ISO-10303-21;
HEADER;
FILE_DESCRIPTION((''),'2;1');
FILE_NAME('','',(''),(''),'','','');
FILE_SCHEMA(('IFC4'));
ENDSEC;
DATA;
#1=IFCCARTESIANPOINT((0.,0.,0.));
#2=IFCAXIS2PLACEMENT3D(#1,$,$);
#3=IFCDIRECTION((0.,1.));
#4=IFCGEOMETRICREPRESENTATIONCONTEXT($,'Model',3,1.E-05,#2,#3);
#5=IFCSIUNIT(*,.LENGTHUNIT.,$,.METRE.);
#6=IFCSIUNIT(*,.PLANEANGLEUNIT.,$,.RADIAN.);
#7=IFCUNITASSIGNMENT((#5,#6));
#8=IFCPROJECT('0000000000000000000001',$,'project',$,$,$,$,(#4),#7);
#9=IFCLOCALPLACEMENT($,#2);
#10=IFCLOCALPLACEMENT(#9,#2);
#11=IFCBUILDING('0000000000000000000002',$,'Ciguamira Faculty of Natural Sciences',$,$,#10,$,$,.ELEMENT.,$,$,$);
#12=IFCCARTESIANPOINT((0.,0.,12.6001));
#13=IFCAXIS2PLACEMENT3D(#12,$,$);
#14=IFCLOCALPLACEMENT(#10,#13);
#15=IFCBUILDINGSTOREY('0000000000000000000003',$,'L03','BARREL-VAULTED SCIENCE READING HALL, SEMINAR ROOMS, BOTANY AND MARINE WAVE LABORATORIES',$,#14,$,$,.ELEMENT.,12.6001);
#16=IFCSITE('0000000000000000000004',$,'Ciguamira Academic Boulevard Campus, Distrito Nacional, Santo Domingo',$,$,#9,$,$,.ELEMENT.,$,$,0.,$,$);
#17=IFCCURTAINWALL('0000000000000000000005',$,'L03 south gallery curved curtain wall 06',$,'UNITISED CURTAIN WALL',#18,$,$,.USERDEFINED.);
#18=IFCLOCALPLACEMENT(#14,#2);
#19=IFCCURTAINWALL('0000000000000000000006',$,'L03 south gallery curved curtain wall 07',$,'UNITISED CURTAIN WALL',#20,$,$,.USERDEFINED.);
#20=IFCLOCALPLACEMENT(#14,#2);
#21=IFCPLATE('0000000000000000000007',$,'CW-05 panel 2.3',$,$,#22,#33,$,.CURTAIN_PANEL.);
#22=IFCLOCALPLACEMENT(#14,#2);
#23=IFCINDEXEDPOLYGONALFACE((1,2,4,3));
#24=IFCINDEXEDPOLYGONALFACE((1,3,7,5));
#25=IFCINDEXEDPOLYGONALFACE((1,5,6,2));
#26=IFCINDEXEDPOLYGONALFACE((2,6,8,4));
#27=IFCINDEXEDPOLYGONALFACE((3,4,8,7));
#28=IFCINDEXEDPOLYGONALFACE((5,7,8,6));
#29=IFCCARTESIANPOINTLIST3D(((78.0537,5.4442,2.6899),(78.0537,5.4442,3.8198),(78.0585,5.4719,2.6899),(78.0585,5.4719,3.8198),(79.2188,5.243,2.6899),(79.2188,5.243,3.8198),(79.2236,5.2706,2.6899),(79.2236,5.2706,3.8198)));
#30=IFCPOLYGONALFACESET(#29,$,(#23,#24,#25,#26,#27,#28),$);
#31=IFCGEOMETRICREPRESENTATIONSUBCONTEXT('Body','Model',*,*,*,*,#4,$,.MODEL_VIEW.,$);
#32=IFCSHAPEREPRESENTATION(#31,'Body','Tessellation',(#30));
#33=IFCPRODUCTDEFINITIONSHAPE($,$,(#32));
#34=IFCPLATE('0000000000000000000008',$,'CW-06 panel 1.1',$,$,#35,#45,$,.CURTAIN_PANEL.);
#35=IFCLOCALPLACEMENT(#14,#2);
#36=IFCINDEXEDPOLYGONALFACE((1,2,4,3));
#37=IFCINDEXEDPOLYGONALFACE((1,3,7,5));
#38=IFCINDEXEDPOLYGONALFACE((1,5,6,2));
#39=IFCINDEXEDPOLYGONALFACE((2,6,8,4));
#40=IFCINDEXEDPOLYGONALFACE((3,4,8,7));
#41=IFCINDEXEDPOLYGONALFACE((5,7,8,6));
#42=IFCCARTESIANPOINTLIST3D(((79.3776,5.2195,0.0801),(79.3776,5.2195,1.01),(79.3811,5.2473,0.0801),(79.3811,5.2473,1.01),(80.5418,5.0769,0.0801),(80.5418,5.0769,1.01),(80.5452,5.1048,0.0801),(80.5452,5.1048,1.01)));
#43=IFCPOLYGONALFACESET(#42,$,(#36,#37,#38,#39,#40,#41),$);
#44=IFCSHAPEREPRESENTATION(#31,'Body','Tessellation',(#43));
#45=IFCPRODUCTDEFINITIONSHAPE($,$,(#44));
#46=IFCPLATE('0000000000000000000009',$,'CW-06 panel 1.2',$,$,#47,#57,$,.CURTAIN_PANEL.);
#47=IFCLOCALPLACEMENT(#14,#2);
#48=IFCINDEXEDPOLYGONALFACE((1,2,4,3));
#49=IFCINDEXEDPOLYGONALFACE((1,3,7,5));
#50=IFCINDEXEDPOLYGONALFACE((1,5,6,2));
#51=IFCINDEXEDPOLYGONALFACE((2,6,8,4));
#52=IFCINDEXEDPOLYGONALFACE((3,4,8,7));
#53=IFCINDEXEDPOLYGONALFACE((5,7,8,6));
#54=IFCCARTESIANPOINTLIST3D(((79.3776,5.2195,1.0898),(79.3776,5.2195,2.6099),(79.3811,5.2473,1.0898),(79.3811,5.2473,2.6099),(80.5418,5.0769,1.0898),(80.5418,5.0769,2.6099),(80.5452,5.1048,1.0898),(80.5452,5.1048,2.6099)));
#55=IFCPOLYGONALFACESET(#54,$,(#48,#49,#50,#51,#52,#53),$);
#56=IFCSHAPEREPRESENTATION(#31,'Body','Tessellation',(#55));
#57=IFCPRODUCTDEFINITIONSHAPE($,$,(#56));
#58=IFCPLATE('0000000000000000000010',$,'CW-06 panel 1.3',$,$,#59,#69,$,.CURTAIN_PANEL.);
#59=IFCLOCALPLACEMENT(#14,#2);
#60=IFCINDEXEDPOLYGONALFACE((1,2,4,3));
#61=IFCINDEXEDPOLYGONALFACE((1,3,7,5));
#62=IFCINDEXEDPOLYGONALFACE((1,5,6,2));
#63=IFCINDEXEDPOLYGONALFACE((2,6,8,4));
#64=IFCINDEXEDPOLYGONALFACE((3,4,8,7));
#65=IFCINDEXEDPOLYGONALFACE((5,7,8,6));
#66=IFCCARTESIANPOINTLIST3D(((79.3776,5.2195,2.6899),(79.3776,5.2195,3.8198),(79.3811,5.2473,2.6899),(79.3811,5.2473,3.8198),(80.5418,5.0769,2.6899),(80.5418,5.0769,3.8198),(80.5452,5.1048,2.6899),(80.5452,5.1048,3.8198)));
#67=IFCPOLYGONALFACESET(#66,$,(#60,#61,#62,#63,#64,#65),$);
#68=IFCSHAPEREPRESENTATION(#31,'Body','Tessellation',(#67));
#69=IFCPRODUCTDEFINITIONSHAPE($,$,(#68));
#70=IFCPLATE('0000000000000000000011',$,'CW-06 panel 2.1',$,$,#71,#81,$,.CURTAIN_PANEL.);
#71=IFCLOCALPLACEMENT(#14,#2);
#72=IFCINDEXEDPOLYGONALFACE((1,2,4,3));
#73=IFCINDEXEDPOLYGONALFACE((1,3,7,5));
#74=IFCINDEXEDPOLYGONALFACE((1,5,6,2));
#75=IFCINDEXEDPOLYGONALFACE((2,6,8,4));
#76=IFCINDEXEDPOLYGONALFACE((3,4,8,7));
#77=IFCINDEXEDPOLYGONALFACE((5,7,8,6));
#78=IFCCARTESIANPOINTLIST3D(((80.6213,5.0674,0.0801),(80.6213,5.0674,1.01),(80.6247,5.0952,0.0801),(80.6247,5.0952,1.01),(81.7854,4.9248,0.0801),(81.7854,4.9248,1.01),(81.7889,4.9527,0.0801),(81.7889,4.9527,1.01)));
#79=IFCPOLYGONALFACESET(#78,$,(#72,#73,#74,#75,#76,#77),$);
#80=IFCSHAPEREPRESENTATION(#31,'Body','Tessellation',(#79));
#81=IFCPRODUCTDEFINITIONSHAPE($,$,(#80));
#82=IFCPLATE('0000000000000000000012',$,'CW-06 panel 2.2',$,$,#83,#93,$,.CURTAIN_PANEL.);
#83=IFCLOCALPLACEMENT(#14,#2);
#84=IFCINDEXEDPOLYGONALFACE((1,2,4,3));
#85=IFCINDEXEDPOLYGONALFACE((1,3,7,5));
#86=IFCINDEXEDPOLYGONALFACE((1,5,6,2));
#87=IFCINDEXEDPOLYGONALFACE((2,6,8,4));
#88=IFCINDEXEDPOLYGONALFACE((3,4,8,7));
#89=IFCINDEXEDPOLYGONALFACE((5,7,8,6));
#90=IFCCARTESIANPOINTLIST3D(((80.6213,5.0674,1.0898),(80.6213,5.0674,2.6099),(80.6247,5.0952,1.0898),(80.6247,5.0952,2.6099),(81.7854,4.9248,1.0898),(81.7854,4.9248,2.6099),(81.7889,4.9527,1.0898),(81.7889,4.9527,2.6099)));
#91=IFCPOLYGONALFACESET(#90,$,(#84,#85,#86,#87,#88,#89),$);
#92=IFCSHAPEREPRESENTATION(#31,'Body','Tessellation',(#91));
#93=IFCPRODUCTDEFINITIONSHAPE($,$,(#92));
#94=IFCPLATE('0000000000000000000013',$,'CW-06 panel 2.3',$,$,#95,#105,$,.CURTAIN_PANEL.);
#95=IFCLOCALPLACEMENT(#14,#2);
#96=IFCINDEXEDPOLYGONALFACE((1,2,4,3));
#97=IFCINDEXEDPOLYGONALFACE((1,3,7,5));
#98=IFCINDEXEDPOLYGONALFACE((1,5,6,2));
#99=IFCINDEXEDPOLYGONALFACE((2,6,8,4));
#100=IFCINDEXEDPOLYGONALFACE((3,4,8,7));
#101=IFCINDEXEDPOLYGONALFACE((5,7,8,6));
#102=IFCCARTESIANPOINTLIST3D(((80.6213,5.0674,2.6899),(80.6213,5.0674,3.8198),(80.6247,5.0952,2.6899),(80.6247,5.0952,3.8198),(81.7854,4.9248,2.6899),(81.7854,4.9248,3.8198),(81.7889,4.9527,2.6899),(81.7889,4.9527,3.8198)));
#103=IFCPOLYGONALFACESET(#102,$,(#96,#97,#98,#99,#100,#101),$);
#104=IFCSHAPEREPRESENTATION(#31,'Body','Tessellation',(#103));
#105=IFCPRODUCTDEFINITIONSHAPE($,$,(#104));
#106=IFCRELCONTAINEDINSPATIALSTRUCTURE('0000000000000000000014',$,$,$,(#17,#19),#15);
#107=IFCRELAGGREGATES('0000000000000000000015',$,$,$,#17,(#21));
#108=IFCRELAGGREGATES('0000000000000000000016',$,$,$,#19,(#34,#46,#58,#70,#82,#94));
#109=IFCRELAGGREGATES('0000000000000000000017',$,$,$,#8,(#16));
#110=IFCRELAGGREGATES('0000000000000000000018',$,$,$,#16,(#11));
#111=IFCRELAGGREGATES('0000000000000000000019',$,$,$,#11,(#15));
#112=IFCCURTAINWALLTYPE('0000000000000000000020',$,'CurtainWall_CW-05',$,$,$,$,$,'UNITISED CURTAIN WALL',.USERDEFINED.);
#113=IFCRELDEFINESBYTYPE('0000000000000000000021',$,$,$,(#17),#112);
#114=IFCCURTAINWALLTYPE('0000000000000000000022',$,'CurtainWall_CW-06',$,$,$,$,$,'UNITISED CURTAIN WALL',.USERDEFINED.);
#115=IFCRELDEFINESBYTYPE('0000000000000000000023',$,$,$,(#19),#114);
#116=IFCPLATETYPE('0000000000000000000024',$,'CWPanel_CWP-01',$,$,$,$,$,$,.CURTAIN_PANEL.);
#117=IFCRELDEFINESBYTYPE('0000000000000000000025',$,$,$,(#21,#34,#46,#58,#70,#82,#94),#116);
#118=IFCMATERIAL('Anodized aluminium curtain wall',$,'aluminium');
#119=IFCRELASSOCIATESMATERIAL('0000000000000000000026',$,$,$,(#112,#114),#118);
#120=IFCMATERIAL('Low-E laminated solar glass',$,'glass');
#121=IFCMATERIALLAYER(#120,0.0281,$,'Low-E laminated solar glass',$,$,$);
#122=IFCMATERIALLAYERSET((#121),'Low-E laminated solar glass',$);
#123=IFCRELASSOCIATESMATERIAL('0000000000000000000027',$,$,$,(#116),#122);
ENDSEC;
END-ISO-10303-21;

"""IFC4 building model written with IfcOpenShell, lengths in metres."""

from ifc_helpers import new_model, si_unit, direction, frame, origin, origin_2d, place, context, subcontext, project, spatial, rectangle, extrude, material, layer, layer_set, type_object, element, aggregate, save


model = new_model("IFC4")

# Units and contexts
model_context = context("Model", 3, precision=1e-05, world=origin(), true_north=direction((0.0, 1.0)))
body_context = subcontext(model_context, "Body", "Model", "MODEL_VIEW")
ifc_project = project(units=[si_unit("LENGTHUNIT", "METRE"), si_unit("PLANEANGLEUNIT", "RADIAN")], contexts=[model_context])

# Site, building, storey
site_placement = place(None, origin())
site = spatial("IfcSite", under=ifc_project, at=site_placement, Name="Ciguamira Academic Boulevard Campus, Distrito Nacional, Santo Domingo", CompositionType="ELEMENT", RefElevation=0.0)
building_placement = place(site_placement, origin())
building = spatial("IfcBuilding", under=site, at=building_placement, Name="Ciguamira Faculty of Natural Sciences", CompositionType="ELEMENT")
storey_placement = place(building_placement, frame((0.0, 0.0, 12.6001)))
storey = spatial("IfcBuildingStorey", under=building, at=storey_placement, Name="L03", Description="BARREL-VAULTED SCIENCE READING HALL, SEMINAR ROOMS, BOTANY AND MARINE WAVE LABORATORIES", CompositionType="ELEMENT", Elevation=12.6001)

# Curtain wall
ifc_material_1 = material(Name="Anodized aluminium curtain wall", Category="aluminium")
curtain_wall_type_1 = type_object("IfcCurtainWallType", Name="CurtainWall_CW-05", ElementType="UNITISED CURTAIN WALL", PredefinedType="USERDEFINED", material=ifc_material_1)
curtain_wall_1_placement = place(storey_placement, origin())
curtain_wall_1 = element("IfcCurtainWall", 1, at=curtain_wall_1_placement, inside=storey, type_object=curtain_wall_type_1, Name="L03 south gallery curved curtain wall 06", ObjectType="UNITISED CURTAIN WALL", PredefinedType="USERDEFINED")

# Curtain wall
curtain_wall_type_2 = type_object("IfcCurtainWallType", Name="CurtainWall_CW-06", ElementType="UNITISED CURTAIN WALL", PredefinedType="USERDEFINED", material=ifc_material_1)
curtain_wall_2_placement = place(storey_placement, origin())
curtain_wall_2 = element("IfcCurtainWall", 2, at=curtain_wall_2_placement, inside=storey, type_object=curtain_wall_type_2, Name="L03 south gallery curved curtain wall 07", ObjectType="UNITISED CURTAIN WALL", PredefinedType="USERDEFINED")

# Plates
ifc_material_2 = material(Name="Low-E laminated solar glass", Category="glass")
ifc_layer = layer(ifc_material_2, 0.0281, Name="Low-E laminated solar glass")
ifc_layer_set = layer_set([ifc_layer], Name="Low-E laminated solar glass")
plate_type = type_object("IfcPlateType", Name="CWPanel_CWP-01", PredefinedType="CURTAIN_PANEL", material=ifc_layer_set)
plate_1_placement = place(storey_placement, frame((78.6387, 5.3574, 2.6899), z_axis=(0.0, 0.0, 1.0), x_axis=(0.985411, -0.170192, 0.0)))
plate_1 = element("IfcPlate", 3, at=plate_1_placement, type_object=plate_type, Name="CW-05 panel 2.3", PredefinedType="CURTAIN_PANEL", context=body_context, shape_type="SweptSolid", body=[
    extrude(rectangle(XDim=1.1824, YDim=0.0281, at=origin_2d()), origin(), (0.0, 0.0, 1.0), 1.1299),
])
aggregate(curtain_wall_1, [plate_1])
plate_2_placement = place(storey_placement, frame((79.9614, 5.1621, 0.0801), z_axis=(0.0, 0.0, 1.0), x_axis=(0.992586, -0.121545, 0.0)))
plate_2 = element("IfcPlate", 4, at=plate_2_placement, type_object=plate_type, Name="CW-06 panel 1.1", PredefinedType="CURTAIN_PANEL", context=body_context, shape_type="SweptSolid", body=[
    extrude(rectangle(XDim=1.1729, YDim=0.0281, at=origin_2d()), origin(), (0.0, 0.0, 1.0), 0.9299),
])
plate_3_placement = place(storey_placement, frame((79.9614, 5.1621, 1.0898), z_axis=(0.0, 0.0, 1.0), x_axis=(0.992586, -0.121545, 0.0)))
plate_3 = element("IfcPlate", 5, at=plate_3_placement, type_object=plate_type, Name="CW-06 panel 1.2", PredefinedType="CURTAIN_PANEL", context=body_context, shape_type="SweptSolid", body=[
    extrude(rectangle(XDim=1.1729, YDim=0.0281, at=origin_2d()), origin(), (0.0, 0.0, 1.0), 1.52),
])
plate_4_placement = place(storey_placement, frame((79.9614, 5.1621, 2.6899), z_axis=(0.0, 0.0, 1.0), x_axis=(0.992586, -0.121545, 0.0)))
plate_4 = element("IfcPlate", 6, at=plate_4_placement, type_object=plate_type, Name="CW-06 panel 1.3", PredefinedType="CURTAIN_PANEL", context=body_context, shape_type="SweptSolid", body=[
    extrude(rectangle(XDim=1.1729, YDim=0.0281, at=origin_2d()), origin(), (0.0, 0.0, 1.0), 1.1299),
])
plate_5_placement = place(storey_placement, frame((81.2051, 5.01, 0.0801), z_axis=(0.0, 0.0, 1.0), x_axis=(0.992586, -0.121545, 0.0)))
plate_5 = element("IfcPlate", 7, at=plate_5_placement, type_object=plate_type, Name="CW-06 panel 2.1", PredefinedType="CURTAIN_PANEL", context=body_context, shape_type="SweptSolid", body=[
    extrude(rectangle(XDim=1.1729, YDim=0.0281, at=origin_2d()), origin(), (0.0, 0.0, 1.0), 0.9299),
])
plate_6_placement = place(storey_placement, frame((81.2051, 5.01, 1.0898), z_axis=(0.0, 0.0, 1.0), x_axis=(0.992586, -0.121545, 0.0)))
plate_6 = element("IfcPlate", 8, at=plate_6_placement, type_object=plate_type, Name="CW-06 panel 2.2", PredefinedType="CURTAIN_PANEL", context=body_context, shape_type="SweptSolid", body=[
    extrude(rectangle(XDim=1.1729, YDim=0.0281, at=origin_2d()), origin(), (0.0, 0.0, 1.0), 1.52),
])
plate_7_placement = place(storey_placement, frame((81.2051, 5.01, 2.6899), z_axis=(0.0, 0.0, 1.0), x_axis=(0.992586, -0.121545, 0.0)))
plate_7 = element("IfcPlate", 9, at=plate_7_placement, type_object=plate_type, Name="CW-06 panel 2.3", PredefinedType="CURTAIN_PANEL", context=body_context, shape_type="SweptSolid", body=[
    extrude(rectangle(XDim=1.1729, YDim=0.0281, at=origin_2d()), origin(), (0.0, 0.0, 1.0), 1.1299),
])
aggregate(curtain_wall_2, [plate_2, plate_3, plate_4, plate_5, plate_6, plate_7])

save(model, "model.ifc")
